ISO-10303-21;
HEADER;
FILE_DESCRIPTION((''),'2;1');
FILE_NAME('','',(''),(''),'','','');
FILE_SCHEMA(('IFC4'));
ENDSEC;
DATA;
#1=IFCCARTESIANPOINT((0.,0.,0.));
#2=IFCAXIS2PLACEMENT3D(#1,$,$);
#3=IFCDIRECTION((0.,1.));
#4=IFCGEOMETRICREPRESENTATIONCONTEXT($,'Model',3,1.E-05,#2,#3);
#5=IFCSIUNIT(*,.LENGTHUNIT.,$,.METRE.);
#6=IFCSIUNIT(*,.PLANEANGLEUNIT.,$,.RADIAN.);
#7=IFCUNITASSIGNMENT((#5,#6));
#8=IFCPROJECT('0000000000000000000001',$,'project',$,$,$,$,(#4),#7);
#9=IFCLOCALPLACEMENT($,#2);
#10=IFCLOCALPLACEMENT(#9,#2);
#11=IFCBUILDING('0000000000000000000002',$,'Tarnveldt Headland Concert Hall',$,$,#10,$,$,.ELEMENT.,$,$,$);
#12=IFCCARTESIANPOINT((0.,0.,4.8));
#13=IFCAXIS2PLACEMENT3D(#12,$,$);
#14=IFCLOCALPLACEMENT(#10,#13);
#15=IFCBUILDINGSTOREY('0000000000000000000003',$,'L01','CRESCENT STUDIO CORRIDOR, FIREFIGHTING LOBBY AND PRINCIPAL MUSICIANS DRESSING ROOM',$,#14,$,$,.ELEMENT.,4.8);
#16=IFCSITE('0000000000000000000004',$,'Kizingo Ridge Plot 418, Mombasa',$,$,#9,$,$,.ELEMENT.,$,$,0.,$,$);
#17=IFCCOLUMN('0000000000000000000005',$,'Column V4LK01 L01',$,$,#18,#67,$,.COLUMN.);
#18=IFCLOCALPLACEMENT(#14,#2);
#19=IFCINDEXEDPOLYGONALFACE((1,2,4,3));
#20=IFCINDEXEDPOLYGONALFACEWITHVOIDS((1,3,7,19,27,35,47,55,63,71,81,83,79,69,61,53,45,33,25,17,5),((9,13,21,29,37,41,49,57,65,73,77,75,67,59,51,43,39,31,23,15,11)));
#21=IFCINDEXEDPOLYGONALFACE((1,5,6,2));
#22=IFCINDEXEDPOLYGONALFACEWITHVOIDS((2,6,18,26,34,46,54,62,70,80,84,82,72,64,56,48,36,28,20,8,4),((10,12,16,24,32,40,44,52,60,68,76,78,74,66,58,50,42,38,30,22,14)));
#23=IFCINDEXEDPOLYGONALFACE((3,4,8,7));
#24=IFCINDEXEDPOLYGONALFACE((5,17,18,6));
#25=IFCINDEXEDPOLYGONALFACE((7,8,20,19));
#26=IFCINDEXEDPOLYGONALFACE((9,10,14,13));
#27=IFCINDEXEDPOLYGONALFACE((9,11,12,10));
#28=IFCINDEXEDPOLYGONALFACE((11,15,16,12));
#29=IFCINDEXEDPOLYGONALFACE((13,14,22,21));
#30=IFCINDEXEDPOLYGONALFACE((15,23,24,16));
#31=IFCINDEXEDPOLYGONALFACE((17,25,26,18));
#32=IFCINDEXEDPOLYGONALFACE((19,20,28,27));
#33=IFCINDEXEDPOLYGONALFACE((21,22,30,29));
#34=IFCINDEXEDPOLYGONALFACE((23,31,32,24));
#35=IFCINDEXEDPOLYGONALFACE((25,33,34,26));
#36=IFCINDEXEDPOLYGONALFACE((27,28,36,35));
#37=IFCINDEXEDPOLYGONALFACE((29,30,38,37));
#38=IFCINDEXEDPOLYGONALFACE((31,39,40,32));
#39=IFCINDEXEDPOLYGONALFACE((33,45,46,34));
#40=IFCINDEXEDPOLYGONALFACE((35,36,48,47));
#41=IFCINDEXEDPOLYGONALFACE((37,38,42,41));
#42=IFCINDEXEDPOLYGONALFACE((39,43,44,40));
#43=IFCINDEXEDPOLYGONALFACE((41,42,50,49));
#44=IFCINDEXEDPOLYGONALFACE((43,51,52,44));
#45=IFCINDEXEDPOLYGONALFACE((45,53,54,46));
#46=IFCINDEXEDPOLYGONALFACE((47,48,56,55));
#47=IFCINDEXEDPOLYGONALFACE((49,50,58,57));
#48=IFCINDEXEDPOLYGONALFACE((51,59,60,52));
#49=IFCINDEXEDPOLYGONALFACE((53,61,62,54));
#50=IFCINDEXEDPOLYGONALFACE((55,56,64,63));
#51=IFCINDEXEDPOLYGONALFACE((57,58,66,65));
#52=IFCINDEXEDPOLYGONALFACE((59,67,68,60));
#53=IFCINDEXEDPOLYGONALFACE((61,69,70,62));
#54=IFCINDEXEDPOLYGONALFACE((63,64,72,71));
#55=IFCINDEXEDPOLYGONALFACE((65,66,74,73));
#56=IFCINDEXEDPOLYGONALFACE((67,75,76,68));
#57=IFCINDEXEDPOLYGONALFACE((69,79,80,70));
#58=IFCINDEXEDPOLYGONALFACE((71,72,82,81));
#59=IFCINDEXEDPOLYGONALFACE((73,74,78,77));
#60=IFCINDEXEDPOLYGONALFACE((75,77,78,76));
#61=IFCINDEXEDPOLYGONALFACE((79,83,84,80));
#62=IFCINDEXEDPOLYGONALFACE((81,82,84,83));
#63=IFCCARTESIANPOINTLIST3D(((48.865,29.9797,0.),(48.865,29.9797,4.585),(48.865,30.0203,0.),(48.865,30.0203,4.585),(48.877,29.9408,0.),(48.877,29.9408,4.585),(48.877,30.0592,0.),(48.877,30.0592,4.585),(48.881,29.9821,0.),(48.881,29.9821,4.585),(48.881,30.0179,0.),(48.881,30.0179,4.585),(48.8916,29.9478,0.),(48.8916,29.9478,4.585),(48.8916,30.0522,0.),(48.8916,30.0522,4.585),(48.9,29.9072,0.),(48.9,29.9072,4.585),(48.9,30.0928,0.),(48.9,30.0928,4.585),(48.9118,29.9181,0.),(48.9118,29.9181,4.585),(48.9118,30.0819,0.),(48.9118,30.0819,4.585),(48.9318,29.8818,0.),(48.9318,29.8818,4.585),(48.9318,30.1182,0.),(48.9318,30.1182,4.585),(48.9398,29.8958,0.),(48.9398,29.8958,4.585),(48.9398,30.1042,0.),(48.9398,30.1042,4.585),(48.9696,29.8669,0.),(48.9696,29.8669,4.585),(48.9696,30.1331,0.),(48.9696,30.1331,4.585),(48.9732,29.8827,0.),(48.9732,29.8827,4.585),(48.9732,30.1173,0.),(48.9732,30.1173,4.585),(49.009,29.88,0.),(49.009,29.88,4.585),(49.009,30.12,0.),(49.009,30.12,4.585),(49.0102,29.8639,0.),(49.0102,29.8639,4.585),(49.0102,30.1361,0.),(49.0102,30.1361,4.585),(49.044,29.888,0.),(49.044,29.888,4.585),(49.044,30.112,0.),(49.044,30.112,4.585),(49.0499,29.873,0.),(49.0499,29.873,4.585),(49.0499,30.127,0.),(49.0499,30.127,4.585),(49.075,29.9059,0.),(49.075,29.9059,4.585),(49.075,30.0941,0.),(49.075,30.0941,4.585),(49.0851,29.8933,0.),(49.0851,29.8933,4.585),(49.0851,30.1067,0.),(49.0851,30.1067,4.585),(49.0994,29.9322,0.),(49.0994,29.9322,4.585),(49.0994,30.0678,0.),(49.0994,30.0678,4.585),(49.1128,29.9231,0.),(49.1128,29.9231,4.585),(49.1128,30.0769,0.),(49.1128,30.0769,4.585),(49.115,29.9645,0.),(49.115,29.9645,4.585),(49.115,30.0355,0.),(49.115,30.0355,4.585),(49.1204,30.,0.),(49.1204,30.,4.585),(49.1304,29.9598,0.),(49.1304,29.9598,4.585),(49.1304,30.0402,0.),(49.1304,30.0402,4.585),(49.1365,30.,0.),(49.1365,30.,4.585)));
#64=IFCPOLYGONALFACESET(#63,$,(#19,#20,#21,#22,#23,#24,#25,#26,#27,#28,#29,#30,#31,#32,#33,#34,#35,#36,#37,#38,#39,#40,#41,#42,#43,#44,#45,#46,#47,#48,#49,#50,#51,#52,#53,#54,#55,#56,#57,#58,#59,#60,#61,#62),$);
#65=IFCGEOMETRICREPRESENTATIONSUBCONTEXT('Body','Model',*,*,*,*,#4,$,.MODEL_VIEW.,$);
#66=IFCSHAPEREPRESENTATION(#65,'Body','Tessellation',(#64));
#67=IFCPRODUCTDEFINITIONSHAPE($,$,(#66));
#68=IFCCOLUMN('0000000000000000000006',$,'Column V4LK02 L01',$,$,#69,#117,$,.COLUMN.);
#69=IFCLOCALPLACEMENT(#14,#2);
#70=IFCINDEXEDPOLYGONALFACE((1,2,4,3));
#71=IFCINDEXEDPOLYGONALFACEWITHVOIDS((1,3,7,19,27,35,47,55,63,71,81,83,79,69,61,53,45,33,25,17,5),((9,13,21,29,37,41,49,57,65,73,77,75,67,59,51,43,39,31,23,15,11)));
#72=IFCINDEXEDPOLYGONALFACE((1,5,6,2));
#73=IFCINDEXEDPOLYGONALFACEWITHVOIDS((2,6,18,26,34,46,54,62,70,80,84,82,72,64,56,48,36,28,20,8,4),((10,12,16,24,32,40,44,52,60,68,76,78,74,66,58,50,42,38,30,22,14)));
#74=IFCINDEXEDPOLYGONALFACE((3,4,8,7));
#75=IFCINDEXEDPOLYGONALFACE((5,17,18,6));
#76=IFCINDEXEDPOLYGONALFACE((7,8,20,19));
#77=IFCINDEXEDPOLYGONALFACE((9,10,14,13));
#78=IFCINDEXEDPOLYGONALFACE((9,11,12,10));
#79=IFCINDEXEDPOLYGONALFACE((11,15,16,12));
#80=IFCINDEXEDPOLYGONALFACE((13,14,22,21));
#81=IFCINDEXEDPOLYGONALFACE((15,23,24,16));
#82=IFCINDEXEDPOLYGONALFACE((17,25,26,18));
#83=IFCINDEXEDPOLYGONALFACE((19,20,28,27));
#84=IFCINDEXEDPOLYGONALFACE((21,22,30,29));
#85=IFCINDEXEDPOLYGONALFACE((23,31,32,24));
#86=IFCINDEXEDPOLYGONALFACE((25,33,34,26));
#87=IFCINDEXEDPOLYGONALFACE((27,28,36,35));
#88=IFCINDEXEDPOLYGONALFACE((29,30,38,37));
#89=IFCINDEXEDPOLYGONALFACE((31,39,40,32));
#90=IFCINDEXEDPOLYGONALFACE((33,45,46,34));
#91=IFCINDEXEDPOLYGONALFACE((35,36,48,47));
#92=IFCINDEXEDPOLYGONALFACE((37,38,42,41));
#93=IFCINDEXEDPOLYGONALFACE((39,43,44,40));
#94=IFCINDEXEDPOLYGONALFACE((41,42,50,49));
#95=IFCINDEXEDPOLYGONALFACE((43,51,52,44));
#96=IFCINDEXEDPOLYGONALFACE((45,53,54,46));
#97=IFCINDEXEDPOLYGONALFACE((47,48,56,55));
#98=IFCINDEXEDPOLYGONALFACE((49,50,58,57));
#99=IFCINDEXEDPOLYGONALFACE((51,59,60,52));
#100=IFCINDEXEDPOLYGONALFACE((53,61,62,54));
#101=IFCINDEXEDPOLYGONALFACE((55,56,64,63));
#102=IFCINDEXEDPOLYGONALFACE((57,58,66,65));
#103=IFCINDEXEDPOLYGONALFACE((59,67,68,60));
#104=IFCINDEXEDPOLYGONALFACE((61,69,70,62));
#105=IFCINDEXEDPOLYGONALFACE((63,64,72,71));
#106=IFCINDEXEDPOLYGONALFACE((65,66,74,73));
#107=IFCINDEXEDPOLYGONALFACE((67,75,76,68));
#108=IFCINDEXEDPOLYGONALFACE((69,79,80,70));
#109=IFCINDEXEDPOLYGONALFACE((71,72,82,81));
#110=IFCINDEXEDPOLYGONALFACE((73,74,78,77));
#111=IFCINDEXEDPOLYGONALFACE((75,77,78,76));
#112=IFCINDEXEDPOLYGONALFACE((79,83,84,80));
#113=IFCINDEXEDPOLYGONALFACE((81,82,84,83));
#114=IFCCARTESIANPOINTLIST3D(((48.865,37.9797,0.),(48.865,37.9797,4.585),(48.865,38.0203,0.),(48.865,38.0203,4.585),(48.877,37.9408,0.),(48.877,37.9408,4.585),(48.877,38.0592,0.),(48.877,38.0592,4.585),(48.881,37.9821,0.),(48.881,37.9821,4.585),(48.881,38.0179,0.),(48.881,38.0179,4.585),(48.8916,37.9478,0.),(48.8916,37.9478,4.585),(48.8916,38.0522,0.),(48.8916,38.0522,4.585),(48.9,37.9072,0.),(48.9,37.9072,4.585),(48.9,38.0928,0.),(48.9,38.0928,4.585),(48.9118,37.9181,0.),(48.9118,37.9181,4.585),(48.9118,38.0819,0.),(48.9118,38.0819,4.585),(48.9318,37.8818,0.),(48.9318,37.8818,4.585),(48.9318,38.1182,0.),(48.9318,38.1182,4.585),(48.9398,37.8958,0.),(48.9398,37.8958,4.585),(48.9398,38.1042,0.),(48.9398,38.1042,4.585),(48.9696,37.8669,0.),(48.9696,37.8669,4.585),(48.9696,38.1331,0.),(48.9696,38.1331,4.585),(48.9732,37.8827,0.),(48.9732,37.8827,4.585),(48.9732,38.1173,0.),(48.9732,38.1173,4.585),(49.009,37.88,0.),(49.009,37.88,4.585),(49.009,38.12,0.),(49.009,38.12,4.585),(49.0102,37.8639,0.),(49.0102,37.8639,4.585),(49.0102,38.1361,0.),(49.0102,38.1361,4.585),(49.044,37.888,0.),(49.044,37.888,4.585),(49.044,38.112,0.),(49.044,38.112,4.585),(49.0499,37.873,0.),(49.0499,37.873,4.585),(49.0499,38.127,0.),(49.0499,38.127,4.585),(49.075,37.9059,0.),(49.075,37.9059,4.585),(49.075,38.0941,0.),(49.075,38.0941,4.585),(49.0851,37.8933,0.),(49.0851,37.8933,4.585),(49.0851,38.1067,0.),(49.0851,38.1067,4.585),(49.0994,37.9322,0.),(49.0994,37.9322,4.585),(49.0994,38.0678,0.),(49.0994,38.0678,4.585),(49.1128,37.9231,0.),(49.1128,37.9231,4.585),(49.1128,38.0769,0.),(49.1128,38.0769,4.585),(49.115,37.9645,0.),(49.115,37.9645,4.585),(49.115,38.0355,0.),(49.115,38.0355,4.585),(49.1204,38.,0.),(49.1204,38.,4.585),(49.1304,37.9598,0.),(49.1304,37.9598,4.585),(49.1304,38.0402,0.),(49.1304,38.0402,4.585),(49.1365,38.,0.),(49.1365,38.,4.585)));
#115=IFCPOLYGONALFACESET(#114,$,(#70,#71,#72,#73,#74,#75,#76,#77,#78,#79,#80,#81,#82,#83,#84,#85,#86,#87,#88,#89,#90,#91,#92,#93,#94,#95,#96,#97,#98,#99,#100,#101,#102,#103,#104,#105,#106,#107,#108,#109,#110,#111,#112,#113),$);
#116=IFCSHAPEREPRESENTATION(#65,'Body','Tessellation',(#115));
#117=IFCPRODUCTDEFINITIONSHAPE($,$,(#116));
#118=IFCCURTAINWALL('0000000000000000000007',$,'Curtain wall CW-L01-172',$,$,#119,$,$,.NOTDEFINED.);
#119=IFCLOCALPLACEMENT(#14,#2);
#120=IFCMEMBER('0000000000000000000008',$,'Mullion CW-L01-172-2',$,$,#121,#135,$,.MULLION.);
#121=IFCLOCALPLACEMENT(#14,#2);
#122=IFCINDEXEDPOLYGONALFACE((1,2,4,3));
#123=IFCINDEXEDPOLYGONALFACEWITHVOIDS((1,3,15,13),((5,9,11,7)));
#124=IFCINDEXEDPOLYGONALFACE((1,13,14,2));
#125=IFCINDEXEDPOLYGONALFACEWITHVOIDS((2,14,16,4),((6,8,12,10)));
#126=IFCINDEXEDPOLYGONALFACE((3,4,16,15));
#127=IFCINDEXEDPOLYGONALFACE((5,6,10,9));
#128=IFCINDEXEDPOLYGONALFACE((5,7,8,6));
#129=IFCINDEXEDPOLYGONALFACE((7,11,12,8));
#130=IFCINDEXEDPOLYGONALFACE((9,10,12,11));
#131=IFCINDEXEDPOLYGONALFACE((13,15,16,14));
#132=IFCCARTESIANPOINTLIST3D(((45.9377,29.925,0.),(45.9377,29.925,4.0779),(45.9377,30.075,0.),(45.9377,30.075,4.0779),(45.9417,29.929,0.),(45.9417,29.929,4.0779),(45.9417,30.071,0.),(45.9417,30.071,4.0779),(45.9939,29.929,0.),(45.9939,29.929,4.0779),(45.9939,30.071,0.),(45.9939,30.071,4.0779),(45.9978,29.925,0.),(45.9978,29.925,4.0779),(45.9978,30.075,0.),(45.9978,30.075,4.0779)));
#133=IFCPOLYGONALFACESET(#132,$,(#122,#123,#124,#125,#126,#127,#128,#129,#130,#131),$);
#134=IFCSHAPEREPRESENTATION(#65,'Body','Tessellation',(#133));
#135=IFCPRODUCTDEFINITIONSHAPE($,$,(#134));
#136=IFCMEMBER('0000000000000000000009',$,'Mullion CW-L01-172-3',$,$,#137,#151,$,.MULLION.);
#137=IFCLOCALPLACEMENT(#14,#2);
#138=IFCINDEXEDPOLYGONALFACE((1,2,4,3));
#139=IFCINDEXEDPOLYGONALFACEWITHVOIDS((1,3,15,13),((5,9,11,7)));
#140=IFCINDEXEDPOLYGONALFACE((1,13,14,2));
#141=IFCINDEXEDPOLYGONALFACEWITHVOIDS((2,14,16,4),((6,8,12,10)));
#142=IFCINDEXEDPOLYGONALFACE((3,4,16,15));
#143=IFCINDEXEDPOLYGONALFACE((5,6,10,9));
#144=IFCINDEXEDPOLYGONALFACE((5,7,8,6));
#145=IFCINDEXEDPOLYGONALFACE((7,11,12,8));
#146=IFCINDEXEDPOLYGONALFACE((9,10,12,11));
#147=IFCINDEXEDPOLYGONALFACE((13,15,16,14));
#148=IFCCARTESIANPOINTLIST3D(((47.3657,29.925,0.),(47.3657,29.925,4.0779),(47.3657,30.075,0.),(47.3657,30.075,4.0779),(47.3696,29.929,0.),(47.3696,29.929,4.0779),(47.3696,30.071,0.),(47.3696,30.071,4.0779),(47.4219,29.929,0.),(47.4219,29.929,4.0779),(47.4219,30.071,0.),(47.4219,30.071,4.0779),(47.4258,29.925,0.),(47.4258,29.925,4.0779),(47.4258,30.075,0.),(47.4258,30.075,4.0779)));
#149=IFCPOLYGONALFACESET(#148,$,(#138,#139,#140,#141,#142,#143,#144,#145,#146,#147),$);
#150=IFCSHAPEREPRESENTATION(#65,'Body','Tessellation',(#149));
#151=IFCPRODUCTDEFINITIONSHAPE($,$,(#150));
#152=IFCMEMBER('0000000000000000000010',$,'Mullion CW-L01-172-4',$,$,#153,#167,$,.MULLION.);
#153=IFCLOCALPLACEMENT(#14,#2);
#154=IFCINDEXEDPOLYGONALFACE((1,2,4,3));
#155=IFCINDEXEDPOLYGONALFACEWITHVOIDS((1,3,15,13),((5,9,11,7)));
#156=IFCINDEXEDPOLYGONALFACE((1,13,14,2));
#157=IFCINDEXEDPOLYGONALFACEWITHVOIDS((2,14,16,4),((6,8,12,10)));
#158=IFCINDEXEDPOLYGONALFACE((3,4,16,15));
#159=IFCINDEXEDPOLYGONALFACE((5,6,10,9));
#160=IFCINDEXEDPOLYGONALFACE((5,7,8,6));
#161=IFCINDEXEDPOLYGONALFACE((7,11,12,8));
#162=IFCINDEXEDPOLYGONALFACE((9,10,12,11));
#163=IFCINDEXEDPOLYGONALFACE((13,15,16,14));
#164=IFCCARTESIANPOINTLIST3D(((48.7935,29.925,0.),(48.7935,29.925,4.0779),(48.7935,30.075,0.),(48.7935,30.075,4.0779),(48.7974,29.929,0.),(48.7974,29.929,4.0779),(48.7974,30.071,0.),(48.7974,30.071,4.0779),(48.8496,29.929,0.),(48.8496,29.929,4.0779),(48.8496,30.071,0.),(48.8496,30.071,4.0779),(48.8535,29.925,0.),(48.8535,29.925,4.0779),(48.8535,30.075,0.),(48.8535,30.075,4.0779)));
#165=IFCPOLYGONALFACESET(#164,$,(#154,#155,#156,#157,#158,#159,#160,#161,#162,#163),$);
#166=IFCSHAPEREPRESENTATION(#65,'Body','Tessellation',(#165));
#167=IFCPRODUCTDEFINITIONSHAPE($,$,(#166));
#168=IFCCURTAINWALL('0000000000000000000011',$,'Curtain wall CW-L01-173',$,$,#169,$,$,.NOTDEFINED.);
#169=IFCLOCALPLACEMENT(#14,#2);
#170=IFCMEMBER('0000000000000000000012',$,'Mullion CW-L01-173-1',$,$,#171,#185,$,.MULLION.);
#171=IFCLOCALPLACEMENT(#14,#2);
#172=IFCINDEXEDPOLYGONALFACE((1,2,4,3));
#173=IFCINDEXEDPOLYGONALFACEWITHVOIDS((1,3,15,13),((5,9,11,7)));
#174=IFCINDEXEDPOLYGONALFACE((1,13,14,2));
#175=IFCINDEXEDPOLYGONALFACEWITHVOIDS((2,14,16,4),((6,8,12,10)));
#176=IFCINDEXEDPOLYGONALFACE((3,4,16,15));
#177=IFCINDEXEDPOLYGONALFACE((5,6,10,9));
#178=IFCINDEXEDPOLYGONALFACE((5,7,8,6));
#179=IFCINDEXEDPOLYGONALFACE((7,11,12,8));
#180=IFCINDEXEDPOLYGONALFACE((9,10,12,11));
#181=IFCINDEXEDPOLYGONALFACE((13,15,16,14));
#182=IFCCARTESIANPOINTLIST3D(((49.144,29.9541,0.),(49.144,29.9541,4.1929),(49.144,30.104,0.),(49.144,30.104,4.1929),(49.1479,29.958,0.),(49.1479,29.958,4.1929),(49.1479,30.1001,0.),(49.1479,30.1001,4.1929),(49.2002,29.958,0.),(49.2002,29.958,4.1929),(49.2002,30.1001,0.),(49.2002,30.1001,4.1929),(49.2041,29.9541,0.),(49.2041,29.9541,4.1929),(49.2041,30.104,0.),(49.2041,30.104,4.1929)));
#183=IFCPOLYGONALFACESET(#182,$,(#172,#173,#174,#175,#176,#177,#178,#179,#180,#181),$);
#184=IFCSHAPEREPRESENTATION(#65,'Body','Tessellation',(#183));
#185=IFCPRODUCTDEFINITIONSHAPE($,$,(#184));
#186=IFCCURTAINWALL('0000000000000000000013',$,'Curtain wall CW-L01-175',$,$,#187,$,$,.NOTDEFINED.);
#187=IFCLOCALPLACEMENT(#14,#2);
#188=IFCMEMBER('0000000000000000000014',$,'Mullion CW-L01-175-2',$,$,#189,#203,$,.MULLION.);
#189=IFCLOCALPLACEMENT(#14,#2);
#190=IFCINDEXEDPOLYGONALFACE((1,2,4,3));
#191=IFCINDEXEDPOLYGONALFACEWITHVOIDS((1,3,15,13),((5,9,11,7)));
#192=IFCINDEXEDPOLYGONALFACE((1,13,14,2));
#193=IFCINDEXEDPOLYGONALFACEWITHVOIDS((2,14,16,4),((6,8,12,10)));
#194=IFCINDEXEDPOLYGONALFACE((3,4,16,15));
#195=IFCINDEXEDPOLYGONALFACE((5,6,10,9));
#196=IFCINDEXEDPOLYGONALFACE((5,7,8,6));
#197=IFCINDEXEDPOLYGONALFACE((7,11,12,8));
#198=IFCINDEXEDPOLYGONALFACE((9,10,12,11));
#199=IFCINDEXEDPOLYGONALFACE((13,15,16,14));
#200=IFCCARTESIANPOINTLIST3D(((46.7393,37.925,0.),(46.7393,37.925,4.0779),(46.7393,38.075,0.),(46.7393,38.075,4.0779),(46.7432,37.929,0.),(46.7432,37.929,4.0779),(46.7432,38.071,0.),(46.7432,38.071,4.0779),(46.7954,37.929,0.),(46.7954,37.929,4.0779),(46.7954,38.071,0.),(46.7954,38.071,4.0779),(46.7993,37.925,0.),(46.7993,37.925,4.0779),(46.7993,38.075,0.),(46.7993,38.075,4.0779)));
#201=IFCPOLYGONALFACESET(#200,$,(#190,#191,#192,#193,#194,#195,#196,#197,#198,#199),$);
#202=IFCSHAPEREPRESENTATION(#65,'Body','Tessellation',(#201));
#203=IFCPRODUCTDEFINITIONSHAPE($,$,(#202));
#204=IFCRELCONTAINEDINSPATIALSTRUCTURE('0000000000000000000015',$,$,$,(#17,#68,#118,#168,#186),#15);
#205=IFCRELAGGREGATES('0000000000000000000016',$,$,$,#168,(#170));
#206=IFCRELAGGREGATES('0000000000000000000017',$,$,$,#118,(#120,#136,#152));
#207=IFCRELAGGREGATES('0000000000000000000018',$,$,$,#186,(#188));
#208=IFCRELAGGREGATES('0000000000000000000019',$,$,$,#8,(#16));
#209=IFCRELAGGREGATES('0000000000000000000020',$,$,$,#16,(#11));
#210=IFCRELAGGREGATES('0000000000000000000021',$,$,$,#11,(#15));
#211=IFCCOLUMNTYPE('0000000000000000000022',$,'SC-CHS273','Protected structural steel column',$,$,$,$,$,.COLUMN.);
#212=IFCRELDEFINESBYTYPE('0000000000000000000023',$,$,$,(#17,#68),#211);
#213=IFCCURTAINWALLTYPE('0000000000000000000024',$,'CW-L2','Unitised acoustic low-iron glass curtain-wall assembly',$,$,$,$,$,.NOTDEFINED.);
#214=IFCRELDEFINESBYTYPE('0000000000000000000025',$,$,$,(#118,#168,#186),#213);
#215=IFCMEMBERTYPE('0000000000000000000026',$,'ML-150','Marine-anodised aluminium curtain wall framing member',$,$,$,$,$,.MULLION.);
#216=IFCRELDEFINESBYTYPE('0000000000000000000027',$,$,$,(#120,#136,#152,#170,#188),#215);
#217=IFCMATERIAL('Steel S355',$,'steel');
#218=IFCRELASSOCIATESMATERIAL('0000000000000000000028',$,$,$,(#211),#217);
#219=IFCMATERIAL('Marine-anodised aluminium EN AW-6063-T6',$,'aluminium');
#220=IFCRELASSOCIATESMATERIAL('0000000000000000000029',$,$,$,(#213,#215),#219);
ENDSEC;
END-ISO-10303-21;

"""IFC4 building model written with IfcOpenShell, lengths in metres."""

from ifc_helpers import new_model, si_unit, direction, frame, origin, origin_2d, place, context, subcontext, project, spatial, hollow_rectangle, hollow_circle, extrude, material, material_profile, profile_set, type_object, element, aggregate, save


model = new_model("IFC4")

# Units and contexts
model_context = context("Model", 3, precision=1e-05, world=origin(), true_north=direction((0.0, 1.0)))
body_context = subcontext(model_context, "Body", "Model", "MODEL_VIEW")
ifc_project = project(units=[si_unit("LENGTHUNIT", "METRE"), si_unit("PLANEANGLEUNIT", "RADIAN")], contexts=[model_context])

# Site, building, storey
site_placement = place(None, origin())
site = spatial("IfcSite", under=ifc_project, at=site_placement, Name="Kizingo Ridge Plot 418, Mombasa", CompositionType="ELEMENT", RefElevation=0.0)
building_placement = place(site_placement, origin())
building = spatial("IfcBuilding", under=site, at=building_placement, Name="Tarnveldt Headland Concert Hall", CompositionType="ELEMENT")
storey_placement = place(building_placement, frame((0.0, 0.0, 4.8)))
storey = spatial("IfcBuildingStorey", under=building, at=storey_placement, Name="L01", Description="CRESCENT STUDIO CORRIDOR, FIREFIGHTING LOBBY AND PRINCIPAL MUSICIANS DRESSING ROOM", CompositionType="ELEMENT", Elevation=4.8)

# Columns
ifc_material_1 = material(Name="Steel S355", Category="steel")
ifc_material_profile_1 = material_profile(ifc_material_1, hollow_circle(Radius=0.1365, WallThickness=0.0161, at=origin_2d()), Name="CHS 273x16", Category="steel")
ifc_profile_set_1 = profile_set([ifc_material_profile_1], Name="Steel S355")
column_type = type_object("IfcColumnType", Name="SC-CHS273", Description="Protected structural steel column", PredefinedType="COLUMN", material=ifc_profile_set_1)
for number, where, z_axis, x_axis, name in (
    (1, (49.0, 30.0, 0.0), (0.0, 0.0, 1.0), (1.0, 0.0, 0.0), "Column V4LK01 L01"),
    (2, (49.0, 38.0, 0.0), (0.0, 0.0, 1.0), (1.0, 0.0, 0.0), "Column V4LK02 L01"),
):
    element("IfcColumn", number, at=place(storey_placement, frame(where, z_axis=z_axis, x_axis=x_axis)), inside=storey, type_object=column_type, Name=name, PredefinedType="COLUMN", context=body_context, shape_type="SweptSolid", body=[
        extrude(hollow_circle(Radius=0.1365, WallThickness=0.0161, at=origin_2d()), origin(), (0.0, 0.0, 1.0), 4.585),
    ])

# Curtain wall, members
ifc_material_2 = material(Name="Marine-anodised aluminium EN AW-6063-T6", Category="aluminium")
curtain_wall_type = type_object("IfcCurtainWallType", Name="CW-L2", Description="Unitised acoustic low-iron glass curtain-wall assembly", PredefinedType="NOTDEFINED", material=ifc_material_2)
curtain_wall_1_placement = place(storey_placement, origin())
curtain_wall_1 = element("IfcCurtainWall", 3, at=curtain_wall_1_placement, inside=storey, type_object=curtain_wall_type, Name="Curtain wall CW-L01-172", PredefinedType="NOTDEFINED")
ifc_material_profile_2 = material_profile(ifc_material_2, hollow_rectangle(XDim=0.0601, YDim=0.1499, WallThickness=0.0039, at=origin_2d()), Name="ALU MULLION 60x150x4", Category="aluminium")
ifc_profile_set_2 = profile_set([ifc_material_profile_2], Name="Marine-anodised aluminium EN AW-6063-T6")
member_type_1 = type_object("IfcMemberType", Name="ML-150", Description="Marine-anodised aluminium curtain wall framing member", PredefinedType="MULLION", material=ifc_profile_set_2)
member_1_placement = place(storey_placement, frame((45.9678, 30.0, 0.0), z_axis=(0.0, 0.0, 1.0), x_axis=(1.0, 0.0, 0.0)))
member_1 = element("IfcMember", 4, at=member_1_placement, type_object=member_type_1, Name="Mullion CW-L01-172-2", PredefinedType="MULLION", context=body_context, shape_type="SweptSolid", body=[
    extrude(hollow_rectangle(XDim=0.0601, YDim=0.1499, WallThickness=0.0039, at=origin_2d()), origin(), (0.0, 0.0, 1.0), 4.0779),
])
member_2_placement = place(storey_placement, frame((47.3958, 30.0, 0.0), z_axis=(0.0, 0.0, 1.0), x_axis=(1.0, 0.0, 0.0)))
member_2 = element("IfcMember", 5, at=member_2_placement, type_object=member_type_1, Name="Mullion CW-L01-172-3", PredefinedType="MULLION", context=body_context, shape_type="SweptSolid", body=[
    extrude(hollow_rectangle(XDim=0.0601, YDim=0.1499, WallThickness=0.0039, at=origin_2d()), origin(), (0.0, 0.0, 1.0), 4.0779),
])
member_3_placement = place(storey_placement, frame((48.8235, 30.0, 0.0), z_axis=(0.0, 0.0, 1.0), x_axis=(1.0, 0.0, 0.0)))
member_3 = element("IfcMember", 6, at=member_3_placement, type_object=member_type_1, Name="Mullion CW-L01-172-4", PredefinedType="MULLION", context=body_context, shape_type="SweptSolid", body=[
    extrude(hollow_rectangle(XDim=0.0601, YDim=0.1499, WallThickness=0.0039, at=origin_2d()), origin(), (0.0, 0.0, 1.0), 4.0779),
])

# Curtain wall, member
curtain_wall_2_placement = place(storey_placement, origin())
curtain_wall_2 = element("IfcCurtainWall", 7, at=curtain_wall_2_placement, inside=storey, type_object=curtain_wall_type, Name="Curtain wall CW-L01-173", PredefinedType="NOTDEFINED")
member_4_placement = place(storey_placement, frame((49.1741, 30.0291, 0.0), z_axis=(0.0, 0.0, 1.0), x_axis=(1.0, 0.0, 0.0)))
member_4 = element("IfcMember", 8, at=member_4_placement, type_object=member_type_1, Name="Mullion CW-L01-173-1", PredefinedType="MULLION", context=body_context, shape_type="SweptSolid", body=[
    extrude(hollow_rectangle(XDim=0.0601, YDim=0.1499, WallThickness=0.0039, at=origin_2d()), origin(), (0.0, 0.0, 1.0), 4.1929),
])

# Curtain wall, member
curtain_wall_3_placement = place(storey_placement, origin())
curtain_wall_3 = element("IfcCurtainWall", 9, at=curtain_wall_3_placement, inside=storey, type_object=curtain_wall_type, Name="Curtain wall CW-L01-175", PredefinedType="NOTDEFINED")
member_5_placement = place(storey_placement, frame((46.7693, 38.0, 0.0), z_axis=(0.0, 0.0, 1.0), x_axis=(1.0, 0.0, 0.0)))
member_5 = element("IfcMember", 10, at=member_5_placement, type_object=member_type_1, Name="Mullion CW-L01-175-2", PredefinedType="MULLION", context=body_context, shape_type="SweptSolid", body=[
    extrude(hollow_rectangle(XDim=0.0601, YDim=0.1499, WallThickness=0.0039, at=origin_2d()), origin(), (0.0, 0.0, 1.0), 4.0779),
])

aggregate(curtain_wall_2, [member_4])

aggregate(curtain_wall_1, [member_1, member_2, member_3])
aggregate(curtain_wall_3, [member_5])

save(model, "model.ifc")
